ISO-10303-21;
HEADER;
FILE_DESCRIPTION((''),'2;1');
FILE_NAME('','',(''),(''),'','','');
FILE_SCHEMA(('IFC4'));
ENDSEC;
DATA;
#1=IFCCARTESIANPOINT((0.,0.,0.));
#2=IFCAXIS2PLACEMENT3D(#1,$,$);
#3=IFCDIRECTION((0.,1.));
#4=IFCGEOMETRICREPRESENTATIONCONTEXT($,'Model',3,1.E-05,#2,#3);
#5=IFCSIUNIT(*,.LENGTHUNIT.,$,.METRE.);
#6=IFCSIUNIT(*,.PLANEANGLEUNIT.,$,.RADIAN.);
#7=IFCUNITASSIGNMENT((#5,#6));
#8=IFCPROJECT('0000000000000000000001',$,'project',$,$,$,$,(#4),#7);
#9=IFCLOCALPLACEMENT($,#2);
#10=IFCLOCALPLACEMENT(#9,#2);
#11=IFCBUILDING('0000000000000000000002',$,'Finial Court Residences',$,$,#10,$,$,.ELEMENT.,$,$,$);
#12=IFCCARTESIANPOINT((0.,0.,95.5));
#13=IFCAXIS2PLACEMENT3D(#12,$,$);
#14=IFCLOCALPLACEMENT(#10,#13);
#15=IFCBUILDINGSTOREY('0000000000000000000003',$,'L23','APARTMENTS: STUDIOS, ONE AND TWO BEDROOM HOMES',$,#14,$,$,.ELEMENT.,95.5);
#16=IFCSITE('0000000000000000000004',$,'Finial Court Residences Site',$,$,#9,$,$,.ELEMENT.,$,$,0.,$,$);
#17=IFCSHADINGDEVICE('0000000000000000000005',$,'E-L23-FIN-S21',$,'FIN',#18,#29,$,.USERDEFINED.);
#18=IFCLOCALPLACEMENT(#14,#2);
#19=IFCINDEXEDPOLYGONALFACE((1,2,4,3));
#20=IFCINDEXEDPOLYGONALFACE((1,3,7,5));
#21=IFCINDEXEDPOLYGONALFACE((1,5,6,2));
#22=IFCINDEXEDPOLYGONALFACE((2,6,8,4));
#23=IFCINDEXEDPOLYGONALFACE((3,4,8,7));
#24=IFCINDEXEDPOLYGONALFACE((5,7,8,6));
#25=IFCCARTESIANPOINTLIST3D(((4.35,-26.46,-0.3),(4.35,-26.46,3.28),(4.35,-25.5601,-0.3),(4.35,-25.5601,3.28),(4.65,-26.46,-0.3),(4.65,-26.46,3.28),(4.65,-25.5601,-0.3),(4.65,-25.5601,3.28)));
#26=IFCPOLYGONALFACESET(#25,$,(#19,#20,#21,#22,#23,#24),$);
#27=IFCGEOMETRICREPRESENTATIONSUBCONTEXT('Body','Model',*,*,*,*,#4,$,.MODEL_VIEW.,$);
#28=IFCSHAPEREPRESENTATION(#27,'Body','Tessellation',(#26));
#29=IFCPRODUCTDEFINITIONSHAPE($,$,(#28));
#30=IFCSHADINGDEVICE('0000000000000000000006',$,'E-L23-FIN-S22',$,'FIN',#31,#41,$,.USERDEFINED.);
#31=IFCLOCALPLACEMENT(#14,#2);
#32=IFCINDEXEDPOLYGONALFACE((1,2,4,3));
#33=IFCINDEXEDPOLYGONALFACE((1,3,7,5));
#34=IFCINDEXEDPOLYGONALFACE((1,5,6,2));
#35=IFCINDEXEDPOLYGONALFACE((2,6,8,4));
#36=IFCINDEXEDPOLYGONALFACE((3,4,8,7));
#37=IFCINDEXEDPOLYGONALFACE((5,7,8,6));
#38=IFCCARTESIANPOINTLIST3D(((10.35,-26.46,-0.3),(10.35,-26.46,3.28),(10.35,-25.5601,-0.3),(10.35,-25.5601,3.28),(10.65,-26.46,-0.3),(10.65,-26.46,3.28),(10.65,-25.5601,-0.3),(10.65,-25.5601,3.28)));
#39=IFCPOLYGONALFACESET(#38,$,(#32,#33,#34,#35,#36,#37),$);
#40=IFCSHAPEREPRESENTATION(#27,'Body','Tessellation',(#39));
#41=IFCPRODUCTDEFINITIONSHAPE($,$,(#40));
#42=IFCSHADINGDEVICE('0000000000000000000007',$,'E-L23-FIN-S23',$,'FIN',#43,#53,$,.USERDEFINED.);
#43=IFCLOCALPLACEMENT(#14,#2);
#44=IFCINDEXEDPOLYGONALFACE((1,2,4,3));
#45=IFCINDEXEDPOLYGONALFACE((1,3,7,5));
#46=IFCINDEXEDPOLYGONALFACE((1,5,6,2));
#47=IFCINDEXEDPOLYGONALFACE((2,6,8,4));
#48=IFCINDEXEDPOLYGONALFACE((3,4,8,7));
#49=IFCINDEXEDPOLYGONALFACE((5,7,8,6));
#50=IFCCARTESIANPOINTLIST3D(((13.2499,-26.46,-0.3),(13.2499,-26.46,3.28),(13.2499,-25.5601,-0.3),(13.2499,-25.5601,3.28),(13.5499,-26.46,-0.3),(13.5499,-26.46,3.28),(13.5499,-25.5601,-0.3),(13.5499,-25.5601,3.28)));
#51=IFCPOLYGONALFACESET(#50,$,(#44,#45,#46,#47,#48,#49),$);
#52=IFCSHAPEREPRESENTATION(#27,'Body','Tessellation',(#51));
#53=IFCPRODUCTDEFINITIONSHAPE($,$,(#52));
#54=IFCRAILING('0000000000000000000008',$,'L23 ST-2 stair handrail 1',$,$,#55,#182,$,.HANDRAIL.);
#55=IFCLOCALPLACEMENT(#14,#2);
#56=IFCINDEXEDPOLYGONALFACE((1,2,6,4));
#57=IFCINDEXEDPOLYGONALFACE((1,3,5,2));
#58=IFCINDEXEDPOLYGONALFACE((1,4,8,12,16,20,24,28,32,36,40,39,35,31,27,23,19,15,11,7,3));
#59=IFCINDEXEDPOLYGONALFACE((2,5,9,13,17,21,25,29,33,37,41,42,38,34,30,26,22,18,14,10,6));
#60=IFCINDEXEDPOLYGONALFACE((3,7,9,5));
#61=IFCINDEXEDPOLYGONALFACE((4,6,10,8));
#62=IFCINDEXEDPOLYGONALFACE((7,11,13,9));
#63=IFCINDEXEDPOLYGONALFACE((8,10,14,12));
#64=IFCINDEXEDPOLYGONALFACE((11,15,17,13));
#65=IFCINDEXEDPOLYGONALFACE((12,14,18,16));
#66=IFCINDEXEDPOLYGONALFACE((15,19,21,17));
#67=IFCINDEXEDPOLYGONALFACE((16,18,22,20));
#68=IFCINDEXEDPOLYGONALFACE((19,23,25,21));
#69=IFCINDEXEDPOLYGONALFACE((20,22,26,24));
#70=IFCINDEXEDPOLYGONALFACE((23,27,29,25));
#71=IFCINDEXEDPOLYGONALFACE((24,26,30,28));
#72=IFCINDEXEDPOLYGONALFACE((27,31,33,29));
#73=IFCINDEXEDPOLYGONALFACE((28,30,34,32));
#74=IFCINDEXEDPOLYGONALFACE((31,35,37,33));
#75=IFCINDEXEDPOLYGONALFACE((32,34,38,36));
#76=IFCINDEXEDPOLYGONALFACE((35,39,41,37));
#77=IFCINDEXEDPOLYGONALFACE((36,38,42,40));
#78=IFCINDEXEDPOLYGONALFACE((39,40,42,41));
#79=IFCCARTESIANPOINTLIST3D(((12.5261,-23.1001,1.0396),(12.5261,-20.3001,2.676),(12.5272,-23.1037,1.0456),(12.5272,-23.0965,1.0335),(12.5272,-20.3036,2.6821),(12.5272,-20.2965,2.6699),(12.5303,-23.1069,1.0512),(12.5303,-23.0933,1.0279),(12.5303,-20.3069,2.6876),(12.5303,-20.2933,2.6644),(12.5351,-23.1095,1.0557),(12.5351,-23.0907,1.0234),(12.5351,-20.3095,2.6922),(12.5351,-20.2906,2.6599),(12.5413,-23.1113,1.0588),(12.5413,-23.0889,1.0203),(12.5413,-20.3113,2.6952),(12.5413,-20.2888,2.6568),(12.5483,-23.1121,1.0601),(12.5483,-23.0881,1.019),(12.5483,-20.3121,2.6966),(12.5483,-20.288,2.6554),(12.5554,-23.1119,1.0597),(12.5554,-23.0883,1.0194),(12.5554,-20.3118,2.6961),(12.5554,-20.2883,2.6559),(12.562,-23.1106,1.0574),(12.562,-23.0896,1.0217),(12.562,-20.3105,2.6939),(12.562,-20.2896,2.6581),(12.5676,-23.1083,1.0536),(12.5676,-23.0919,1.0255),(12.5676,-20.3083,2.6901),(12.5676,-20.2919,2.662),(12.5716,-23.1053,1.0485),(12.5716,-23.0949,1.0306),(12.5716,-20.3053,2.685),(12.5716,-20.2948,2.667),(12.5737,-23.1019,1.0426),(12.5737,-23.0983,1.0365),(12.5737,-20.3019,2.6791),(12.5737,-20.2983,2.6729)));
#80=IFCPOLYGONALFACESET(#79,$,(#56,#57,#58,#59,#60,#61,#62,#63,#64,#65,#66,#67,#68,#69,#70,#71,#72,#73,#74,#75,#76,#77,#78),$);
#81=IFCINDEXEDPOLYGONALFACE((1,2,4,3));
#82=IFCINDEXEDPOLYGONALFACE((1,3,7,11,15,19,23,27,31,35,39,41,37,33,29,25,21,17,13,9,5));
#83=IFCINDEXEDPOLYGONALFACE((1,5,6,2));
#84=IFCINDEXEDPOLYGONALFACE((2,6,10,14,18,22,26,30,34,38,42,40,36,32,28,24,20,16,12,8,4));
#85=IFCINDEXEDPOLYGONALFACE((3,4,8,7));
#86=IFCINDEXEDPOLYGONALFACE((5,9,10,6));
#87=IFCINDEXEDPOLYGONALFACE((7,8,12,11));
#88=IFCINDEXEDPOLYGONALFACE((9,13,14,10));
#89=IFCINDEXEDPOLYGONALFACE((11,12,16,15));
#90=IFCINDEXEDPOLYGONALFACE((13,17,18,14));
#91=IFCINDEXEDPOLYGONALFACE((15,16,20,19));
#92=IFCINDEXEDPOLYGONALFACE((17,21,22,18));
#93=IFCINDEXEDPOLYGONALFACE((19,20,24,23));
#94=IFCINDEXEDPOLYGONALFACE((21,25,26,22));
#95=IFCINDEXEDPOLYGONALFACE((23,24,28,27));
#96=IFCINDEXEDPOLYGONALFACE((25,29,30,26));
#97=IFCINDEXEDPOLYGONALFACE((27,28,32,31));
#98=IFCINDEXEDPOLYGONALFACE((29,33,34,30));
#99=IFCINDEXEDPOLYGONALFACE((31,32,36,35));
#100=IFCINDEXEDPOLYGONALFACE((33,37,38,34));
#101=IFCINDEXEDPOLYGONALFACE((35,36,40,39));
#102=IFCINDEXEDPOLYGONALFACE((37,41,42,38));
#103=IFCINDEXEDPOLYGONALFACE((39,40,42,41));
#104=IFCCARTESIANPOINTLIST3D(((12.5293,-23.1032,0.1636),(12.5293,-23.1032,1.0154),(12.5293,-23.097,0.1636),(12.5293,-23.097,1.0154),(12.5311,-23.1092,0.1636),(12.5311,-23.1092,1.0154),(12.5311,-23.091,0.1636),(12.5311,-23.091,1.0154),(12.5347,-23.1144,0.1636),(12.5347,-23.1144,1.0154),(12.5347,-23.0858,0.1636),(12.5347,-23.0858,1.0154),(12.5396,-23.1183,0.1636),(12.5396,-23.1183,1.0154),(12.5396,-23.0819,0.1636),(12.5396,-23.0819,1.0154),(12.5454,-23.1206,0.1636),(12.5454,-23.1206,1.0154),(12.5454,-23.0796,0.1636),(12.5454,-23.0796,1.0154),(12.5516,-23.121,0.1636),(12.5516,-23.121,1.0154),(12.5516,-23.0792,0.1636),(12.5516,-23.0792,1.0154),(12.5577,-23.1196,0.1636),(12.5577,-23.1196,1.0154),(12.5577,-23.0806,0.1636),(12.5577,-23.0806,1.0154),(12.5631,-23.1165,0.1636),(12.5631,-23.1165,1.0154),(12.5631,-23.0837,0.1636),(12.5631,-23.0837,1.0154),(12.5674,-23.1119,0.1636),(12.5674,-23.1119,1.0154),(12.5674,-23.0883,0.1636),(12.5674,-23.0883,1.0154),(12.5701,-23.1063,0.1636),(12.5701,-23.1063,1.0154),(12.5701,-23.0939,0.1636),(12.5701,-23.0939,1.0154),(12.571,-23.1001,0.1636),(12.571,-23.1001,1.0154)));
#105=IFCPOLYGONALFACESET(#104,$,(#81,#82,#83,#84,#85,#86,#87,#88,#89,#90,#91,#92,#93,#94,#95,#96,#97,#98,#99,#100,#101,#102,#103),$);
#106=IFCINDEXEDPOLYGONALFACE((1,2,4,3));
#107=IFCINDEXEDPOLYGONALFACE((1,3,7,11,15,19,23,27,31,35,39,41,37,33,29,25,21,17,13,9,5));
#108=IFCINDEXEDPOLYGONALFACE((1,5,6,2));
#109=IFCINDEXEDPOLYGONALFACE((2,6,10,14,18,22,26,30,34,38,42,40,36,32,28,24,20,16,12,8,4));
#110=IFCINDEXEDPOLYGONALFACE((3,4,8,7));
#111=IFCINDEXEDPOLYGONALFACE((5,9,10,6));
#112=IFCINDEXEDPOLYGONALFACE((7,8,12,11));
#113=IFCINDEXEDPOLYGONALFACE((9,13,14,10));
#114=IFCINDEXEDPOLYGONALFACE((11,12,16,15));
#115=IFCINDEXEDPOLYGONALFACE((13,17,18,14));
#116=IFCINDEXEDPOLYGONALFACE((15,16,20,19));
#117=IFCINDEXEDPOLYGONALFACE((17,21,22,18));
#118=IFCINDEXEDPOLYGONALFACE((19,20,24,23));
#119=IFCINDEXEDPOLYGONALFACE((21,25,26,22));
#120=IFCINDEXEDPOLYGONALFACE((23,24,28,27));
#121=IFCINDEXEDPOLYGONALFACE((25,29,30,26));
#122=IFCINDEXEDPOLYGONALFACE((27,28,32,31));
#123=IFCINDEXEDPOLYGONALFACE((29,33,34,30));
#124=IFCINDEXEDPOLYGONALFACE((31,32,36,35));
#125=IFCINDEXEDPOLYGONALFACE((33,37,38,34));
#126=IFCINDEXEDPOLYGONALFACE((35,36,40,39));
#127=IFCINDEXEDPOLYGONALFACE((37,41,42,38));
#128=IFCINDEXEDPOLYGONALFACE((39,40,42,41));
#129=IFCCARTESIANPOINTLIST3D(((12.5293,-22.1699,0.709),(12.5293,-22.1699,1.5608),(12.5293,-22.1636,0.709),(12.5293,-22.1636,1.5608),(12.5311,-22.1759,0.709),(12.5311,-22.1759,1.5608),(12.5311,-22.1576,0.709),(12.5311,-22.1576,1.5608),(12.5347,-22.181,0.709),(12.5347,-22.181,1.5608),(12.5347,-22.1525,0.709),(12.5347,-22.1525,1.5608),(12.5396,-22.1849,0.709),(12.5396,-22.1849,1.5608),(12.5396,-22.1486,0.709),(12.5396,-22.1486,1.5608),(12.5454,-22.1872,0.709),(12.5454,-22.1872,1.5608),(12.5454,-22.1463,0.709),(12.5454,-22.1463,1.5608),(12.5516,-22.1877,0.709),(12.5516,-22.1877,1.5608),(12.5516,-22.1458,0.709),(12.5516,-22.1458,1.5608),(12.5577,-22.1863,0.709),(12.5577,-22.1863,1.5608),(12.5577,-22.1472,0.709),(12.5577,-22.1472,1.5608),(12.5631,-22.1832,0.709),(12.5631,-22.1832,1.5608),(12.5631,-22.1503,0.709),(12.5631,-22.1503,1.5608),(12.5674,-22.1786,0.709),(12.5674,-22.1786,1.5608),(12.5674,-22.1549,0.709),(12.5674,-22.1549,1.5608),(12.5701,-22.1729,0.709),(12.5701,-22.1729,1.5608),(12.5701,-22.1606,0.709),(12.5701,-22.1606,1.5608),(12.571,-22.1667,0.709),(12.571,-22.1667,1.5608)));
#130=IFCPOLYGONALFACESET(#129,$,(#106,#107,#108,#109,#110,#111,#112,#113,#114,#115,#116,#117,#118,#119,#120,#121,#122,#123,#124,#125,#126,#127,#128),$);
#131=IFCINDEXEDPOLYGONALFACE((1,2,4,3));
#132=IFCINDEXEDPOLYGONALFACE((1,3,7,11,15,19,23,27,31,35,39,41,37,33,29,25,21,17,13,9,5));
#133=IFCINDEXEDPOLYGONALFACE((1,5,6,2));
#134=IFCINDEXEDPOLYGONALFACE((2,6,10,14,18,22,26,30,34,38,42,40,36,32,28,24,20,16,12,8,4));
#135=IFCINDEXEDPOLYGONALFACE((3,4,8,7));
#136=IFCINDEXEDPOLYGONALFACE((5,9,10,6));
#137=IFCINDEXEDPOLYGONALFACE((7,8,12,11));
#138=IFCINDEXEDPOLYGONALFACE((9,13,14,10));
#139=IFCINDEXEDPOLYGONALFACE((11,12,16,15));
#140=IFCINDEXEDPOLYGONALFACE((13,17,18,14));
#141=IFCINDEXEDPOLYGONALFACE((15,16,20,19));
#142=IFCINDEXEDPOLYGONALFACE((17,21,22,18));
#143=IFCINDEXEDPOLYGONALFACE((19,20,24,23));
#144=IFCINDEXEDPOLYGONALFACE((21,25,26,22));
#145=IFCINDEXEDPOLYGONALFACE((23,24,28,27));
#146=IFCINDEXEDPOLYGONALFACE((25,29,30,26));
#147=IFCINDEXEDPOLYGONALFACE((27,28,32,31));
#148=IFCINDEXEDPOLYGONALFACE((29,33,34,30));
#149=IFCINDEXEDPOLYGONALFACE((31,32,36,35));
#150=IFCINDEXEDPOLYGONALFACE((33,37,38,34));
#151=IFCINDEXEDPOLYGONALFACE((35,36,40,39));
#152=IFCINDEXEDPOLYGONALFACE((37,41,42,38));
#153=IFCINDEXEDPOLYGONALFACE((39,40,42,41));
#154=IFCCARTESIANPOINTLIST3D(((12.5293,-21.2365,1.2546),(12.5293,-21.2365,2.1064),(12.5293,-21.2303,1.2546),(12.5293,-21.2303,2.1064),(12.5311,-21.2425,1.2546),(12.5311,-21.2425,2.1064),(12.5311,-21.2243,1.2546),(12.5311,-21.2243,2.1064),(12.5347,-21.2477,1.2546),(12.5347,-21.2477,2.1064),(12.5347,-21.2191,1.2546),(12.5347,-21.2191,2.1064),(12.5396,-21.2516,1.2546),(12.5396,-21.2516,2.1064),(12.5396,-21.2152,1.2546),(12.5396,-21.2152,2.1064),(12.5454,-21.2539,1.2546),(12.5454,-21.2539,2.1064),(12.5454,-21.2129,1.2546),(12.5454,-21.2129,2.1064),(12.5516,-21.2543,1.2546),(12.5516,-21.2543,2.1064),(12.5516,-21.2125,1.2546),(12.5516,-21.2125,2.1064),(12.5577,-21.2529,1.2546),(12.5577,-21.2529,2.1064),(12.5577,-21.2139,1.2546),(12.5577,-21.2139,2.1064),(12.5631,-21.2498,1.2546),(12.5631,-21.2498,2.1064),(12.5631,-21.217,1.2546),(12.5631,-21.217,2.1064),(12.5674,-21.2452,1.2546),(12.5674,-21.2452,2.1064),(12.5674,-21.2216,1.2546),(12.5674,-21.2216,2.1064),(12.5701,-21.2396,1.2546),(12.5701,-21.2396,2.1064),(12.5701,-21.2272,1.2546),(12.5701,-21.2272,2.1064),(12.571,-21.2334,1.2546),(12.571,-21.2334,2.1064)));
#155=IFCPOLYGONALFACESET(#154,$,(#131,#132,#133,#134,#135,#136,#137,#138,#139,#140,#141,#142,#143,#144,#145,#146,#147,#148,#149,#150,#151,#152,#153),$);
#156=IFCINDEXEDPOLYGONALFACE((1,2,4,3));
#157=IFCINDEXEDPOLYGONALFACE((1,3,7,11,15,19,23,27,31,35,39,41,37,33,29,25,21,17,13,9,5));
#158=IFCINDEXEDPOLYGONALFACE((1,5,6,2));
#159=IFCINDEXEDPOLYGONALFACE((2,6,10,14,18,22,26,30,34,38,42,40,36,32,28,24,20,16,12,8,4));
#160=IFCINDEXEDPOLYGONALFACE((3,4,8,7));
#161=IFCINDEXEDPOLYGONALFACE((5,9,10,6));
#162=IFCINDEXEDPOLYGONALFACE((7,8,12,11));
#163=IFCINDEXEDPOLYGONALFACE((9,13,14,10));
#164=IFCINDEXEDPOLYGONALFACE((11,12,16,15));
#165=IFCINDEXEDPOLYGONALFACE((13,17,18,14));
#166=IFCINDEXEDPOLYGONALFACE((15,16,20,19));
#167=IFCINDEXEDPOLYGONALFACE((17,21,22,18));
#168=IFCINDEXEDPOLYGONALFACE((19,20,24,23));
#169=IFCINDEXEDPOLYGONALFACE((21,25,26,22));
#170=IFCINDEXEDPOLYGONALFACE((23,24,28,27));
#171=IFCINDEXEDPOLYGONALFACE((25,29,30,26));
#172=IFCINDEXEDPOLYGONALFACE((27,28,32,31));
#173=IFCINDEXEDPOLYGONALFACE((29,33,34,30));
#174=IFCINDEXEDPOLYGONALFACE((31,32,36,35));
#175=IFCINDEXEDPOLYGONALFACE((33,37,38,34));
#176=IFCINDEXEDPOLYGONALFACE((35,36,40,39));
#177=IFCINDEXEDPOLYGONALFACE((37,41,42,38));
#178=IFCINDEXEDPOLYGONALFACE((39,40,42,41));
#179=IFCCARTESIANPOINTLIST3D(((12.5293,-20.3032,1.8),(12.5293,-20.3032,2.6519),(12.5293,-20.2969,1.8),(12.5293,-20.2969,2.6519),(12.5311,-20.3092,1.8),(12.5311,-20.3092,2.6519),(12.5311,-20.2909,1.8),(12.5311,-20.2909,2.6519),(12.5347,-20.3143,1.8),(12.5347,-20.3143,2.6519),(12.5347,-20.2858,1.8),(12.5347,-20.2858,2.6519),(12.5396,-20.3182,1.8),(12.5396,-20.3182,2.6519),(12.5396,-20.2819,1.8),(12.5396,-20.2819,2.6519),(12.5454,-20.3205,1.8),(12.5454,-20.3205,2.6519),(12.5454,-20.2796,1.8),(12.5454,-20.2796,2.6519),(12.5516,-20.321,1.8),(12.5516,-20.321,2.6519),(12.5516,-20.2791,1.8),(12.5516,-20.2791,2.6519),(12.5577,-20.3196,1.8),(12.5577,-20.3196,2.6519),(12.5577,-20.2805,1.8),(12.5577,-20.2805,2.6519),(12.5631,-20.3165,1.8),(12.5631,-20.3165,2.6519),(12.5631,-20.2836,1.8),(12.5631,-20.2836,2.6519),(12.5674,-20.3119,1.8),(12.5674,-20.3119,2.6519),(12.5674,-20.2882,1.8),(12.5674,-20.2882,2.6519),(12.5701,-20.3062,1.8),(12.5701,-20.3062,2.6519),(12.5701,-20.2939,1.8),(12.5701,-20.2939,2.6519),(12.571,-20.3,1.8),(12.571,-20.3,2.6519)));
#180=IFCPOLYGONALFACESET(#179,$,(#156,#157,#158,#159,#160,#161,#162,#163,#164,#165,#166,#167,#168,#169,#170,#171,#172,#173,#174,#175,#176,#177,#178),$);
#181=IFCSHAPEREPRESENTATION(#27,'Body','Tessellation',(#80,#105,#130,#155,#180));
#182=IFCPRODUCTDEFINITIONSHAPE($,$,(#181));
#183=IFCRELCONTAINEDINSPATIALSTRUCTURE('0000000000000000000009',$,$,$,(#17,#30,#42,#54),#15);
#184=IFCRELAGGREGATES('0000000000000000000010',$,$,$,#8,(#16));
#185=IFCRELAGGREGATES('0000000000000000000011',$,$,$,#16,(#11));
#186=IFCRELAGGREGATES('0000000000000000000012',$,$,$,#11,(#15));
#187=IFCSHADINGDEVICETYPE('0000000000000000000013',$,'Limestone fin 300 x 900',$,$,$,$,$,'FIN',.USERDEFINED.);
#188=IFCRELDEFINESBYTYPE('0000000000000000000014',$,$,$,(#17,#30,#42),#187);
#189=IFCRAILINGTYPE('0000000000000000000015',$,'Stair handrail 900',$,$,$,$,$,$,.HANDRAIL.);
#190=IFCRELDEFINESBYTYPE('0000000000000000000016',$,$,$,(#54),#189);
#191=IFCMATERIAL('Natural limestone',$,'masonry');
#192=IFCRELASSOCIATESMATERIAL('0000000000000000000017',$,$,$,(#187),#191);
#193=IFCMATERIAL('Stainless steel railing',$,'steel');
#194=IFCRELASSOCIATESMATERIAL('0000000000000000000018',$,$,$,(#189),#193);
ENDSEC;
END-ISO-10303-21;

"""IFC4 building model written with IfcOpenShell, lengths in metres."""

from ifc_helpers import new_model, si_unit, direction, frame, origin, origin_2d, place, context, subcontext, project, spatial, rectangle, circle, extrude, material, type_object, element, save


model = new_model("IFC4")

# Units and contexts
model_context = context("Model", 3, precision=1e-05, world=origin(), true_north=direction((0.0, 1.0)))
body_context = subcontext(model_context, "Body", "Model", "MODEL_VIEW")
ifc_project = project(units=[si_unit("LENGTHUNIT", "METRE"), si_unit("PLANEANGLEUNIT", "RADIAN")], contexts=[model_context])

# Site, building, storey
site_placement = place(None, origin())
site = spatial("IfcSite", under=ifc_project, at=site_placement, Name="Finial Court Residences Site", CompositionType="ELEMENT", RefElevation=0.0)
building_placement = place(site_placement, origin())
building = spatial("IfcBuilding", under=site, at=building_placement, Name="Finial Court Residences", CompositionType="ELEMENT")
storey_placement = place(building_placement, frame((0.0, 0.0, 95.5)))
storey = spatial("IfcBuildingStorey", under=building, at=storey_placement, Name="L23", Description="APARTMENTS: STUDIOS, ONE AND TWO BEDROOM HOMES", CompositionType="ELEMENT", Elevation=95.5)

# Shading devices
ifc_material_1 = material(Name="Natural limestone", Category="masonry")
shading_device_type = type_object("IfcShadingDeviceType", Name="Limestone fin 300 x 900", ElementType="FIN", PredefinedType="USERDEFINED", material=ifc_material_1)
for number, where, z_axis, x_axis, name in (
    (1, (4.5, -26.01, -0.3), (0.0, 0.0, 1.0), (1.0, 0.0, 0.0), "E-L23-FIN-S21"),
    (2, (10.5, -26.01, -0.3), (0.0, 0.0, 1.0), (1.0, 0.0, 0.0), "E-L23-FIN-S22"),
    (3, (13.3999, -26.01, -0.3), (0.0, 0.0, 1.0), (1.0, 0.0, 0.0), "E-L23-FIN-S23"),
):
    element("IfcShadingDevice", number, at=place(storey_placement, frame(where, z_axis=z_axis, x_axis=x_axis)), inside=storey, type_object=shading_device_type, Name=name, ObjectType="FIN", PredefinedType="USERDEFINED", context=body_context, shape_type="SweptSolid", body=[
        extrude(rectangle(XDim=0.3, YDim=0.8999, at=origin_2d()), origin(), (0.0, 0.0, 1.0), 3.5801),
    ])

# Railing
ifc_material_2 = material(Name="Stainless steel railing", Category="steel")
railing_type_1 = type_object("IfcRailingType", Name="Stair handrail 900", PredefinedType="HANDRAIL", material=ifc_material_2)
railing_1_placement = place(storey_placement, frame((12.55, -23.1001, 0.1636)))
element("IfcRailing", 4, at=railing_1_placement, inside=storey, type_object=railing_type_1, Name="L23 ST-2 stair handrail 1", PredefinedType="HANDRAIL", context=body_context, shape_type="SweptSolid", body=[
    extrude(circle(Radius=0.0239, at=origin_2d()), frame((0.0, 0.0, 0.876), z_axis=(0.0, 0.863361, 0.504587), x_axis=(-1.0, 0.0, 0.0)), (0.0, 0.0, 1.0), 3.2432),
    extrude(circle(Radius=0.021, at=origin_2d()), origin(), (0.0, 0.0, 1.0), 0.8518),
    extrude(circle(Radius=0.021, at=origin_2d()), frame((0.0, 0.9333, 0.5454)), (0.0, 0.0, 1.0), 0.8518),
    extrude(circle(Radius=0.021, at=origin_2d()), frame((0.0, 1.8667, 1.0911)), (0.0, 0.0, 1.0), 0.8518),
    extrude(circle(Radius=0.021, at=origin_2d()), frame((0.0, 2.8, 1.6365)), (0.0, 0.0, 1.0), 0.8518),
])

save(model, "model.ifc")
